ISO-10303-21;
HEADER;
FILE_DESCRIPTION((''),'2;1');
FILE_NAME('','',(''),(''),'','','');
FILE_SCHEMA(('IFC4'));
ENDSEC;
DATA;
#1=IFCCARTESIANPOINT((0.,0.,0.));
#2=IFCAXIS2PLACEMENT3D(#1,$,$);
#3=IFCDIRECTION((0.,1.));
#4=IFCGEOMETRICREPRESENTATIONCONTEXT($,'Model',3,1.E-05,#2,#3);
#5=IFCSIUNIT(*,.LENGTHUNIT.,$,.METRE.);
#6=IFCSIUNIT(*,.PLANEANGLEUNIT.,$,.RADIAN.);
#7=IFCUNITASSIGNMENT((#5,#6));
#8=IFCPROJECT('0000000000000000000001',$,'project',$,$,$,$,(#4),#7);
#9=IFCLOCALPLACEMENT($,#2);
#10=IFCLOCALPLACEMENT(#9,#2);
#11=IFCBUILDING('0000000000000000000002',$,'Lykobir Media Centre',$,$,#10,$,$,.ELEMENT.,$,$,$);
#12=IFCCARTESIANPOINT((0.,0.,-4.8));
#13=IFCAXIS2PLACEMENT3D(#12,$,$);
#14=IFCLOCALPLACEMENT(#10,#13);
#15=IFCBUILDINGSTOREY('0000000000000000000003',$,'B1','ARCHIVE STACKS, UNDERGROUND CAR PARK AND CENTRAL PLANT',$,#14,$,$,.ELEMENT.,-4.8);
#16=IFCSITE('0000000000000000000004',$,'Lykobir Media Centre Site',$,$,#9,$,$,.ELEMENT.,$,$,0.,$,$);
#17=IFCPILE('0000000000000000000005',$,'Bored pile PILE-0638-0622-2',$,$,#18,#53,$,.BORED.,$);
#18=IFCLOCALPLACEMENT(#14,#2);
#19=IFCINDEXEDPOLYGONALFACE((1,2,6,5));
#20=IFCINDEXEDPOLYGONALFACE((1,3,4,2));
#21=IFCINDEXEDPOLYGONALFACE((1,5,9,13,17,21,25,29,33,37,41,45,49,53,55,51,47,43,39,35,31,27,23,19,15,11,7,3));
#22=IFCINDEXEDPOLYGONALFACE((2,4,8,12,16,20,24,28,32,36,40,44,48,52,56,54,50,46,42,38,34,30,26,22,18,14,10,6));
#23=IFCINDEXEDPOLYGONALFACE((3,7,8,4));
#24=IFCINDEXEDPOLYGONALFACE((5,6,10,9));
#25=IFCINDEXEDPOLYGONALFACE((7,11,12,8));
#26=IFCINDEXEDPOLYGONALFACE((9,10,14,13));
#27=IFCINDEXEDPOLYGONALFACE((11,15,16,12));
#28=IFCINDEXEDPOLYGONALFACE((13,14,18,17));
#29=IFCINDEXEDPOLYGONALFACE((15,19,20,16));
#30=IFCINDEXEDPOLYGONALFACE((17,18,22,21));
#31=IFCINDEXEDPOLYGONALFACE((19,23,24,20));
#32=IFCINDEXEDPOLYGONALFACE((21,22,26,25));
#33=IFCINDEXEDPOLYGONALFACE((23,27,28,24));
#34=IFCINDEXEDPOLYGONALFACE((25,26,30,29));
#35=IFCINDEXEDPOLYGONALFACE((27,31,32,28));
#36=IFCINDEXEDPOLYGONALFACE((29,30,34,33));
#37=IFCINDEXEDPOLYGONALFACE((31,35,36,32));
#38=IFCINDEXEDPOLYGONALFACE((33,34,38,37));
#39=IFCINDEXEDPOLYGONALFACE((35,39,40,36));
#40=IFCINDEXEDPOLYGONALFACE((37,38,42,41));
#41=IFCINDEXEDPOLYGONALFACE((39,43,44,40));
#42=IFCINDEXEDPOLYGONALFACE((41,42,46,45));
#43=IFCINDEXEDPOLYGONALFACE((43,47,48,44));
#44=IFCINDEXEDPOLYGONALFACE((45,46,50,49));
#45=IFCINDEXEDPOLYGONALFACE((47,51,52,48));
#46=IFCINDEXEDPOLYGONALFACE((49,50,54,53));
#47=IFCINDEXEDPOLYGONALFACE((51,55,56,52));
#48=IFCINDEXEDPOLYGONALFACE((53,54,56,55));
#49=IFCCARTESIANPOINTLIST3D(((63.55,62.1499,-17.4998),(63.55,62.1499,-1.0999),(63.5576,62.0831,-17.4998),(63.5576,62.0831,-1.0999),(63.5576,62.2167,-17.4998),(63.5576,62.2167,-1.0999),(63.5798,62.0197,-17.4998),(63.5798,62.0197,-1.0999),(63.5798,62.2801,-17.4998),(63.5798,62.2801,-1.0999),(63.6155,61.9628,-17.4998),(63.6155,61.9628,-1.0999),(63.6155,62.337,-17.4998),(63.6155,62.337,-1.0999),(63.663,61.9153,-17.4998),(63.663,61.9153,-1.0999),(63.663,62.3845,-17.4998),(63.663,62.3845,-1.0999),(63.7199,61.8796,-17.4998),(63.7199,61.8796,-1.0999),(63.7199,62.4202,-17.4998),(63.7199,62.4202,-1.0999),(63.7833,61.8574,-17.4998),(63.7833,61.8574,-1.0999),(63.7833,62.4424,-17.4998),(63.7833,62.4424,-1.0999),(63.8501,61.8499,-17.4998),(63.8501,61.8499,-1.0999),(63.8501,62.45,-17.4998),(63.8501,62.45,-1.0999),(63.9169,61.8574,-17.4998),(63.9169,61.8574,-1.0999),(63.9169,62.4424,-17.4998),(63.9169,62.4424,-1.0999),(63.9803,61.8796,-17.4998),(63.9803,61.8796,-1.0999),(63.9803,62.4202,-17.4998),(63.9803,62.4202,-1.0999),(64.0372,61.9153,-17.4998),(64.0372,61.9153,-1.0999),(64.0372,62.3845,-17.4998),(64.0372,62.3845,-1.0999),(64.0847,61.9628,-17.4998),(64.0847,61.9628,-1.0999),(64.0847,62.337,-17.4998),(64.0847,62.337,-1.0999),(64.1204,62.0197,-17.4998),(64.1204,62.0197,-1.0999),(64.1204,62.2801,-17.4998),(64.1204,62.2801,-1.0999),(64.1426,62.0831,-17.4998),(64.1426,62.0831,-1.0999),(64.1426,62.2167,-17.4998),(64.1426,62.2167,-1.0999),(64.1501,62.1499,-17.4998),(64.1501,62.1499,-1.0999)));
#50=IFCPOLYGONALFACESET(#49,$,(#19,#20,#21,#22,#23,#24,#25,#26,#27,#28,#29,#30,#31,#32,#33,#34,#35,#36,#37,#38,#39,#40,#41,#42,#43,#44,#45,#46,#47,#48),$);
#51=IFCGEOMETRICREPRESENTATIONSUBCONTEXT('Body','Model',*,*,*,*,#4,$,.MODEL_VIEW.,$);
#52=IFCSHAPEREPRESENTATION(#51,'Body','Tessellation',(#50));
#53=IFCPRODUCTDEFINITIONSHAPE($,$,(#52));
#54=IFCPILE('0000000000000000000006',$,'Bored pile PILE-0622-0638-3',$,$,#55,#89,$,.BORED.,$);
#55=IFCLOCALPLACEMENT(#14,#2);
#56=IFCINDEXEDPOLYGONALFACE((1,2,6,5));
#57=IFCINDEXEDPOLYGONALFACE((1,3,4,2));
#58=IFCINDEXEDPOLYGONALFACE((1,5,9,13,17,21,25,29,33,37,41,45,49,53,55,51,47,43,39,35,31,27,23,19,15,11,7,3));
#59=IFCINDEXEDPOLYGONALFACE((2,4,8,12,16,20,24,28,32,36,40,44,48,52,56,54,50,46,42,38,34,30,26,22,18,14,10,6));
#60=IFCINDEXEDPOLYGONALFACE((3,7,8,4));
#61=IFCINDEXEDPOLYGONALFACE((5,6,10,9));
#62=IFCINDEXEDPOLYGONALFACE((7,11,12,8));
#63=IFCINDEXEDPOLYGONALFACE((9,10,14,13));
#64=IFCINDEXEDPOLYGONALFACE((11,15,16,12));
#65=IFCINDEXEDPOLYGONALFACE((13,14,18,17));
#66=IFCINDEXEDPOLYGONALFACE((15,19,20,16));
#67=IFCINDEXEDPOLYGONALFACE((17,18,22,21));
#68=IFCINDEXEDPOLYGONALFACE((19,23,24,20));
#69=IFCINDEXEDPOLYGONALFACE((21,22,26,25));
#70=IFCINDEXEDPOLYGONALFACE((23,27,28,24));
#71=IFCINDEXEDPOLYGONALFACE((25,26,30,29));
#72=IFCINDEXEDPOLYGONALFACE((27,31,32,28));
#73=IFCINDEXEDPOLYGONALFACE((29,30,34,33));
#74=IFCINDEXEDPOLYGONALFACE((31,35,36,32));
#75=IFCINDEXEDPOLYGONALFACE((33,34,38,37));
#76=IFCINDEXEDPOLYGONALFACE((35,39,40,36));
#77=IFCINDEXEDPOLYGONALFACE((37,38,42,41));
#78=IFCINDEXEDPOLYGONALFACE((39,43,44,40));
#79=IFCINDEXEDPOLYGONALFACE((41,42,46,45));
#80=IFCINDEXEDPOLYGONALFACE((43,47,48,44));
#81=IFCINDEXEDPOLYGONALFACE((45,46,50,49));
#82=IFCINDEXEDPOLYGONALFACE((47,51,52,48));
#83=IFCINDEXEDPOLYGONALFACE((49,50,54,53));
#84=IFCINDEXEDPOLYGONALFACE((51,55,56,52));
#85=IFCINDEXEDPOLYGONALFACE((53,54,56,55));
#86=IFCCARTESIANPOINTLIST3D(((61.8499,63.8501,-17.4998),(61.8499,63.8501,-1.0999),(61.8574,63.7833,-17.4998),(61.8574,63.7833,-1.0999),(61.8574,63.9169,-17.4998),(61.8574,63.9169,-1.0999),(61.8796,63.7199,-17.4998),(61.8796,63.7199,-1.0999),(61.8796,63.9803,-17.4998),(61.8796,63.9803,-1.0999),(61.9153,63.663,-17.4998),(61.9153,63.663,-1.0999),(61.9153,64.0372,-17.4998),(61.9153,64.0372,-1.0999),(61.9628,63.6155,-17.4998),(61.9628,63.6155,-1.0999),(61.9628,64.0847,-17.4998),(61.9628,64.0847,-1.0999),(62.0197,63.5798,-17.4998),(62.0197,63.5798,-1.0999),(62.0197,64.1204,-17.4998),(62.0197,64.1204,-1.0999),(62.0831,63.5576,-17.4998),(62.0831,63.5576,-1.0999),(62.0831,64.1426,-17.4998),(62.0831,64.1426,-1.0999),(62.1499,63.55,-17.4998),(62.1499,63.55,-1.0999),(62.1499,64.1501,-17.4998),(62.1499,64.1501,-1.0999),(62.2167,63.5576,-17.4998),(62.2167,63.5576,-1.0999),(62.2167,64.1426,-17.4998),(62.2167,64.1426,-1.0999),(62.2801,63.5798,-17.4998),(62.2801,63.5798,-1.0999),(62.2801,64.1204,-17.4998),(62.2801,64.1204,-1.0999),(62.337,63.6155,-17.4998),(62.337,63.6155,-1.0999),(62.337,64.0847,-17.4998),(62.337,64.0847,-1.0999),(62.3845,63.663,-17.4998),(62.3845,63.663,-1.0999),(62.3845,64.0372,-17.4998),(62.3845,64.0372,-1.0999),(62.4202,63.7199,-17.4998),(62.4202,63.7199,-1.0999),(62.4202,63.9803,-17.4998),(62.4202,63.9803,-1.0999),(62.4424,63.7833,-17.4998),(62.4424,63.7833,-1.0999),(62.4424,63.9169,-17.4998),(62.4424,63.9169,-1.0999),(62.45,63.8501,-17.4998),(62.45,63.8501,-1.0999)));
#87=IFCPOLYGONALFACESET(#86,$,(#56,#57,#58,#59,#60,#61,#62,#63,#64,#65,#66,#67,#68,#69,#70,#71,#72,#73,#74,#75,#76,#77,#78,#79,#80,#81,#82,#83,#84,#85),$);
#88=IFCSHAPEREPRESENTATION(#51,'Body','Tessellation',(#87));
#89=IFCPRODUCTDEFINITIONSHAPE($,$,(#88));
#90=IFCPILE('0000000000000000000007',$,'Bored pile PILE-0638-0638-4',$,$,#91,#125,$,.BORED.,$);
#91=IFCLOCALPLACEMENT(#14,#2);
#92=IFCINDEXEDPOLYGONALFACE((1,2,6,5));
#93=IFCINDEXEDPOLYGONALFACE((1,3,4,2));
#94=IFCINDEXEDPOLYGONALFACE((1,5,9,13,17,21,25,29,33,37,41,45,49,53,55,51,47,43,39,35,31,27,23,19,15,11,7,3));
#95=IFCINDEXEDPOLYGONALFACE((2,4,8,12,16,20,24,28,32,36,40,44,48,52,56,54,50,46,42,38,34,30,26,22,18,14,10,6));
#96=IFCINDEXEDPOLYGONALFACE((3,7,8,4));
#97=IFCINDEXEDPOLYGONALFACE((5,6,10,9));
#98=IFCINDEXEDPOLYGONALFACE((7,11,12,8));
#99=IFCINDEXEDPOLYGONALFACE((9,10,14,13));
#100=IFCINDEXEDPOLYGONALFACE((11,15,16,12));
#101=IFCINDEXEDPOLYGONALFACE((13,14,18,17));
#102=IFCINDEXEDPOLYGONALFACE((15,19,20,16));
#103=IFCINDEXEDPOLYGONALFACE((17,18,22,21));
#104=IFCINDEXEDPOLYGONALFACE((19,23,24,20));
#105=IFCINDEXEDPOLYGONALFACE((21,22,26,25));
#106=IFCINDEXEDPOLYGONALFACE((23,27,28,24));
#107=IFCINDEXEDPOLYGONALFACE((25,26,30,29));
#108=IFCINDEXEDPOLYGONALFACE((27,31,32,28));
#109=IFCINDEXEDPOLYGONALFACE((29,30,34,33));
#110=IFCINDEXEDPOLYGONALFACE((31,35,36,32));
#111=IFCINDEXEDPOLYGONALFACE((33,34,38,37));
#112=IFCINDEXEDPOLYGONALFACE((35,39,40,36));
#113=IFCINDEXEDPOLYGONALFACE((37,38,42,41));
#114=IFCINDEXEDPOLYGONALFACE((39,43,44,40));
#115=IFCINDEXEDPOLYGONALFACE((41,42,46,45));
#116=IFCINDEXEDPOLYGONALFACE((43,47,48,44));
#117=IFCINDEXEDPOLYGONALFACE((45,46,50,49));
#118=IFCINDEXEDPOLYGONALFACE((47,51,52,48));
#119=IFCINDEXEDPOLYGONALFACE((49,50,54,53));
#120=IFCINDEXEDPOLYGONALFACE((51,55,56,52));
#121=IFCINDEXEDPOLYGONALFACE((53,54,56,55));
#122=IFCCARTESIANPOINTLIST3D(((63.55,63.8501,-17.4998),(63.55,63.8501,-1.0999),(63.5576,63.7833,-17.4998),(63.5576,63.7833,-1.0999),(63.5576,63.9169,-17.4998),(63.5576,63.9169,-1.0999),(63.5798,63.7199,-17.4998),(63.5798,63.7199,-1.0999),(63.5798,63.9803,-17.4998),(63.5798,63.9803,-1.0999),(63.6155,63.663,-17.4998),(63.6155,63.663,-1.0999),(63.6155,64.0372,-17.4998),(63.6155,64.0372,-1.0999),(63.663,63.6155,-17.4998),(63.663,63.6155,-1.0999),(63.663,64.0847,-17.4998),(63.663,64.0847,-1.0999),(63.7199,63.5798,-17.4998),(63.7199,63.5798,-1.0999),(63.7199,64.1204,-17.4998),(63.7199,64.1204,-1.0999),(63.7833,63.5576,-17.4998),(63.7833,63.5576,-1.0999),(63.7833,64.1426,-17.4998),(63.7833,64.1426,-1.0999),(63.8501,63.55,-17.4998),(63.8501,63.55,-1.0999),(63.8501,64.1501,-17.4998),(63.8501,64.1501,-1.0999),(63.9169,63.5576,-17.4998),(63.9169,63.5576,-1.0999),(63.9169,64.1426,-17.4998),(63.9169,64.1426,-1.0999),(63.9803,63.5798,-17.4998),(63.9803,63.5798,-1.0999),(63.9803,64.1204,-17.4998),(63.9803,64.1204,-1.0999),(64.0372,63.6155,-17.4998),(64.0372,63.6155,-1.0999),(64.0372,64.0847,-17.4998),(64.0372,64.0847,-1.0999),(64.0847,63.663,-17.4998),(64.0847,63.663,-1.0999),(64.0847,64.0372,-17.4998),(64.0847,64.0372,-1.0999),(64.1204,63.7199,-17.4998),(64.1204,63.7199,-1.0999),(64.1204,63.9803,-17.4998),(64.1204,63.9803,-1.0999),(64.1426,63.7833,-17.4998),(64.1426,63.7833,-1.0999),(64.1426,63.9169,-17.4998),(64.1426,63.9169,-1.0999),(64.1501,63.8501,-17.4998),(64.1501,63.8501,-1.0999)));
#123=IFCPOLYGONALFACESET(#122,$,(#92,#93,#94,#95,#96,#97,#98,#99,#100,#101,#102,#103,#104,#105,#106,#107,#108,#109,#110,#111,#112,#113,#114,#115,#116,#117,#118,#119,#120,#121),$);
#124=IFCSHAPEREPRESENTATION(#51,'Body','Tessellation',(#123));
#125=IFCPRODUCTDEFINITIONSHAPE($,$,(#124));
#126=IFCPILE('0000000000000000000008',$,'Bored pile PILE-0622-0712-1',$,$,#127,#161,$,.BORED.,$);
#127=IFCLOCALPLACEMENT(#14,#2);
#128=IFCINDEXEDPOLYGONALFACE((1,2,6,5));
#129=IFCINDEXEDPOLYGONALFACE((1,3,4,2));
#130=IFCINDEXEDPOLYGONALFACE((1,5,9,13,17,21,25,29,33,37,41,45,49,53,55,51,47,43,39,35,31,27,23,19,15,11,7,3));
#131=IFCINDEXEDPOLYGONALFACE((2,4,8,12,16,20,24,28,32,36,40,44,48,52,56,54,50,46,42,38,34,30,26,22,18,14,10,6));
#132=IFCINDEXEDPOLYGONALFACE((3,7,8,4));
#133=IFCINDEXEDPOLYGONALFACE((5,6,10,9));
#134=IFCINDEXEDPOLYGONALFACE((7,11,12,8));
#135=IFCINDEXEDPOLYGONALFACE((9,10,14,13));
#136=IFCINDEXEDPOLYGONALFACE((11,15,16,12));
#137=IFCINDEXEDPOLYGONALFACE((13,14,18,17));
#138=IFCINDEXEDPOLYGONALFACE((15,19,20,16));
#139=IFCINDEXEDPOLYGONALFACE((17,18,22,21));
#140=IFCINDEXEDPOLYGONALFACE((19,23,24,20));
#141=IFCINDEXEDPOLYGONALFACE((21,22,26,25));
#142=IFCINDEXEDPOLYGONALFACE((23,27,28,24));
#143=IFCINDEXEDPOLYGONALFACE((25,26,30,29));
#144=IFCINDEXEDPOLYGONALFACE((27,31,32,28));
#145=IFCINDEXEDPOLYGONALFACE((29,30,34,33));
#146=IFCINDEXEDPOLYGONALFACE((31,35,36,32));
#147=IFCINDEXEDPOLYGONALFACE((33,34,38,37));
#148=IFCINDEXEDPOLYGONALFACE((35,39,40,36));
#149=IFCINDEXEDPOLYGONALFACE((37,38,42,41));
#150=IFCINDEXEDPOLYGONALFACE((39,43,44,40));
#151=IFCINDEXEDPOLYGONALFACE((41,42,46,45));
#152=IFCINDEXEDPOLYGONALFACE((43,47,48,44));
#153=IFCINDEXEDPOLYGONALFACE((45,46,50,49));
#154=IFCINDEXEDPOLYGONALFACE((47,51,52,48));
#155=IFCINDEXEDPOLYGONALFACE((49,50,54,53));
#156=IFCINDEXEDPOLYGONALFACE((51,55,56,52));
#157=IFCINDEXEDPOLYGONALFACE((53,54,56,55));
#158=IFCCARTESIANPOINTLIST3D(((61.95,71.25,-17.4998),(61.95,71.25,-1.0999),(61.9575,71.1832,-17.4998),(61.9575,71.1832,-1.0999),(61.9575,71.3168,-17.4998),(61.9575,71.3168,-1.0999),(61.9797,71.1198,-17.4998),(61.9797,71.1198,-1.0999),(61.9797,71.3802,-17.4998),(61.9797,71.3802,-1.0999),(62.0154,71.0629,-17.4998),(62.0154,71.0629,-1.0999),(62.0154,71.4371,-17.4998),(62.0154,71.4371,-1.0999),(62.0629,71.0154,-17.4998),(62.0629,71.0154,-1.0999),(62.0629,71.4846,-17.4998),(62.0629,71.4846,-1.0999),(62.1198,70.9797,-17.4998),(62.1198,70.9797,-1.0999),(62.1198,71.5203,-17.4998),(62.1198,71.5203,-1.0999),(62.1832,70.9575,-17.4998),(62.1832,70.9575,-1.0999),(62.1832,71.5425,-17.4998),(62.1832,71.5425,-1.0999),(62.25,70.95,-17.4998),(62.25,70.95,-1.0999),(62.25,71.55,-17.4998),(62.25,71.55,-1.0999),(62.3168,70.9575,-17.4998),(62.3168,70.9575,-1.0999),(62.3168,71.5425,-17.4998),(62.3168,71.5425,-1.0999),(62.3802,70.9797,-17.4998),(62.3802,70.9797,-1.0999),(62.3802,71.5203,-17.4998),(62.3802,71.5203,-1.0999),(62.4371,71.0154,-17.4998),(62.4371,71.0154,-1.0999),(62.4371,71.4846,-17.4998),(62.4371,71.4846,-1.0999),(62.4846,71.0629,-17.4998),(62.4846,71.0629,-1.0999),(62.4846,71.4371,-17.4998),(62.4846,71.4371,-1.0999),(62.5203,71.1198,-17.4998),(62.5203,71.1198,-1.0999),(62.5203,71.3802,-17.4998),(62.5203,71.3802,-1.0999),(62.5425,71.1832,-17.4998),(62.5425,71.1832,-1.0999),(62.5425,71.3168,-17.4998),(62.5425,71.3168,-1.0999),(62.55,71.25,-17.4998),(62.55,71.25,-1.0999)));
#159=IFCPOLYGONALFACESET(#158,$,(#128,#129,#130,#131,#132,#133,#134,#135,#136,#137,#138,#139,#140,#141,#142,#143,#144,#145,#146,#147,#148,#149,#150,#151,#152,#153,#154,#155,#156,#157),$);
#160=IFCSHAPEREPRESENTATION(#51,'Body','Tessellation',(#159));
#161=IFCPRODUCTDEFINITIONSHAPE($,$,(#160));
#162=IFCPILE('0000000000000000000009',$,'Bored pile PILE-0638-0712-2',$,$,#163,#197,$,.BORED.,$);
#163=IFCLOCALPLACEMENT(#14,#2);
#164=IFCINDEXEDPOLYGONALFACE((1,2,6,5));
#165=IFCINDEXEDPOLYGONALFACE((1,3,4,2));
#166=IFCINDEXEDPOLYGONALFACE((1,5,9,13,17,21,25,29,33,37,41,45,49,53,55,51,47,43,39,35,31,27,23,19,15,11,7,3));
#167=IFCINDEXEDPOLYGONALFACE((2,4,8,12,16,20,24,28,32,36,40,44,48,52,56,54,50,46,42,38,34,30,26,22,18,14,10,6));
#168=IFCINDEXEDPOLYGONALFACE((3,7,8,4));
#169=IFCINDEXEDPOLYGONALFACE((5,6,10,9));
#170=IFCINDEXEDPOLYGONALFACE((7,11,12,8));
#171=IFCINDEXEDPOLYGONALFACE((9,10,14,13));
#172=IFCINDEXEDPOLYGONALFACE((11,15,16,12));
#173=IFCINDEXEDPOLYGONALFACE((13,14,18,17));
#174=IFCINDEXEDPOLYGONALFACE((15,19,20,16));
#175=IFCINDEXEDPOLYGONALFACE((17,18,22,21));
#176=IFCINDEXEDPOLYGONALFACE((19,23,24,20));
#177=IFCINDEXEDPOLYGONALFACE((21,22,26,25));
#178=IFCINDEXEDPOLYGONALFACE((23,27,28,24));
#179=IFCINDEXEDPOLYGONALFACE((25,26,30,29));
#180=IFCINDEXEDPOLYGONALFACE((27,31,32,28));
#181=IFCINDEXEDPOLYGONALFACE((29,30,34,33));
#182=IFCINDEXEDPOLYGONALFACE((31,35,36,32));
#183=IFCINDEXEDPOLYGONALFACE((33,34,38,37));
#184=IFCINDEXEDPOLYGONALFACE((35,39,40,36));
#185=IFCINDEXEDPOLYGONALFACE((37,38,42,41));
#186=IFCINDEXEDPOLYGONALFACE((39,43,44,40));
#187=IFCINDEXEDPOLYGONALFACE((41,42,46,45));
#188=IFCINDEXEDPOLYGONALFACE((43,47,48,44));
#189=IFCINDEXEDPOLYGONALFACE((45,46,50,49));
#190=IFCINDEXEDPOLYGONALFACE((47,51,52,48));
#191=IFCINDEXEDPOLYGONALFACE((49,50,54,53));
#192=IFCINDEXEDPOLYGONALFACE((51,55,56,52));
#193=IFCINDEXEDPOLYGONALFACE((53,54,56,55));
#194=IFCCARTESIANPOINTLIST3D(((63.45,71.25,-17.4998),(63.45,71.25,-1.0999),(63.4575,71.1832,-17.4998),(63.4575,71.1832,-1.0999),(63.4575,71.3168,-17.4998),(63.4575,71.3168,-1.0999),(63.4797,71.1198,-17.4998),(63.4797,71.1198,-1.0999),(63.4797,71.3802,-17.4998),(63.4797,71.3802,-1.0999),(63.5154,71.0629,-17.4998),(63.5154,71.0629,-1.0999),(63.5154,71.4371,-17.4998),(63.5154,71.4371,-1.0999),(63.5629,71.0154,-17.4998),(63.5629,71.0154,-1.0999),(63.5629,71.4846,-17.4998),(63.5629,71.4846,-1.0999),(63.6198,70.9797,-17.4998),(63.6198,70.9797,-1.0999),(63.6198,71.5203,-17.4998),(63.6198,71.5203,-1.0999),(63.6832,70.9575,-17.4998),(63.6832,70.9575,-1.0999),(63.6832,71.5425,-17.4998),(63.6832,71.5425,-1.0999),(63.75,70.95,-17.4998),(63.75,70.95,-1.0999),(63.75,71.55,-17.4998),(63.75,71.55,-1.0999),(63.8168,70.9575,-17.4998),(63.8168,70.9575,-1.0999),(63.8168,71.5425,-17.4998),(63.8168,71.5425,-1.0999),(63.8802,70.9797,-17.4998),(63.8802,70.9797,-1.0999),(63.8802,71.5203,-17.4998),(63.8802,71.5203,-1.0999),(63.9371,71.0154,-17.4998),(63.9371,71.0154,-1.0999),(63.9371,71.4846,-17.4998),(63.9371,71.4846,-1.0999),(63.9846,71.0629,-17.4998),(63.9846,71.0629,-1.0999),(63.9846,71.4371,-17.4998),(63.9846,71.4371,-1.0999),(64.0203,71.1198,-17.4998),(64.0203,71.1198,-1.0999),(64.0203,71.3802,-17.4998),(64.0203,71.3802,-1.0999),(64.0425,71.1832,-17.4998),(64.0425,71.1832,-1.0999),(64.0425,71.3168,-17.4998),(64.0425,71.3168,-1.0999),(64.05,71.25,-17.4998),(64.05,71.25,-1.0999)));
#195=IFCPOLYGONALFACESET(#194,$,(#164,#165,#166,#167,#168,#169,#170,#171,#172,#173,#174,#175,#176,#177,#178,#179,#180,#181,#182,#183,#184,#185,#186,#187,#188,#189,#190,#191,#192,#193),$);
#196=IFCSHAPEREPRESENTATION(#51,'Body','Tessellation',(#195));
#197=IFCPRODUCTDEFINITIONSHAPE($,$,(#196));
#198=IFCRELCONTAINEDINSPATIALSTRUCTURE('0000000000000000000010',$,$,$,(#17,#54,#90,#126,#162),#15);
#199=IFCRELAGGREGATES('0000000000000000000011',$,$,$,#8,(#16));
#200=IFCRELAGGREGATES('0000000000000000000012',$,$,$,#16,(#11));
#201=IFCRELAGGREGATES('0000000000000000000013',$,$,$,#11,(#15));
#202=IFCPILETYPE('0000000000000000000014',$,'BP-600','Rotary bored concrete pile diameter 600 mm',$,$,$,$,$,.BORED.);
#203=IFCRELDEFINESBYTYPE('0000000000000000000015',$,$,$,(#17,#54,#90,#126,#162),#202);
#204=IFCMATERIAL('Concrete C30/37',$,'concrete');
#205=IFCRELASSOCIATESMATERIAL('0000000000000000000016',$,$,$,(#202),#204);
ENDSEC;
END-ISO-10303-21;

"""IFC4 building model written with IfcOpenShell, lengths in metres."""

from ifc_helpers import new_model, si_unit, direction, frame, origin, origin_2d, place, context, subcontext, project, spatial, circle, extrude, material, material_profile, profile_set, type_object, element, save


model = new_model("IFC4")

# Units and contexts
model_context = context("Model", 3, precision=1e-05, world=origin(), true_north=direction((0.0, 1.0)))
body_context = subcontext(model_context, "Body", "Model", "MODEL_VIEW")
ifc_project = project(units=[si_unit("LENGTHUNIT", "METRE"), si_unit("PLANEANGLEUNIT", "RADIAN")], contexts=[model_context])

# Site, building, storey
site_placement = place(None, origin())
site = spatial("IfcSite", under=ifc_project, at=site_placement, Name="Lykobir Media Centre Site", CompositionType="ELEMENT", RefElevation=0.0)
building_placement = place(site_placement, origin())
building = spatial("IfcBuilding", under=site, at=building_placement, Name="Lykobir Media Centre", CompositionType="ELEMENT")
storey_placement = place(building_placement, frame((0.0, 0.0, -4.8)))
storey = spatial("IfcBuildingStorey", under=building, at=storey_placement, Name="B1", Description="ARCHIVE STACKS, UNDERGROUND CAR PARK AND CENTRAL PLANT", CompositionType="ELEMENT", Elevation=-4.8)

# Piles
ifc_material_1 = material(Name="Concrete C30/37", Category="concrete")
ifc_material_profile_1 = material_profile(ifc_material_1, circle(Radius=0.3, at=origin_2d()), Name="BORED PILE D600")
ifc_profile_set_1 = profile_set([ifc_material_profile_1], Name="Concrete C30/37")
pile_type = type_object("IfcPileType", Name="BP-600", Description="Rotary bored concrete pile diameter 600 mm", PredefinedType="BORED", material=ifc_profile_set_1)
for number, where, z_axis, x_axis, name in (
    (1, (63.8501, 62.1499, -1.0999), (0.0, 0.0, -1.0), (1.0, 0.0, 0.0), "Bored pile PILE-0638-0622-2"),
    (2, (62.1499, 63.8501, -1.0999), (0.0, 0.0, -1.0), (1.0, 0.0, 0.0), "Bored pile PILE-0622-0638-3"),
    (3, (63.8501, 63.8501, -1.0999), (0.0, 0.0, -1.0), (1.0, 0.0, 0.0), "Bored pile PILE-0638-0638-4"),
    (4, (62.25, 71.25, -1.0999), (0.0, 0.0, -1.0), (1.0, 0.0, 0.0), "Bored pile PILE-0622-0712-1"),
    (5, (63.75, 71.25, -1.0999), (0.0, 0.0, -1.0), (1.0, 0.0, 0.0), "Bored pile PILE-0638-0712-2"),
):
    element("IfcPile", number, at=place(storey_placement, frame(where, z_axis=z_axis, x_axis=x_axis)), inside=storey, type_object=pile_type, Name=name, PredefinedType="BORED", context=body_context, shape_type="SweptSolid", body=[
        extrude(circle(Radius=0.3, at=origin_2d()), origin(), (0.0, 0.0, 1.0), 16.3999),
    ])

save(model, "model.ifc")
